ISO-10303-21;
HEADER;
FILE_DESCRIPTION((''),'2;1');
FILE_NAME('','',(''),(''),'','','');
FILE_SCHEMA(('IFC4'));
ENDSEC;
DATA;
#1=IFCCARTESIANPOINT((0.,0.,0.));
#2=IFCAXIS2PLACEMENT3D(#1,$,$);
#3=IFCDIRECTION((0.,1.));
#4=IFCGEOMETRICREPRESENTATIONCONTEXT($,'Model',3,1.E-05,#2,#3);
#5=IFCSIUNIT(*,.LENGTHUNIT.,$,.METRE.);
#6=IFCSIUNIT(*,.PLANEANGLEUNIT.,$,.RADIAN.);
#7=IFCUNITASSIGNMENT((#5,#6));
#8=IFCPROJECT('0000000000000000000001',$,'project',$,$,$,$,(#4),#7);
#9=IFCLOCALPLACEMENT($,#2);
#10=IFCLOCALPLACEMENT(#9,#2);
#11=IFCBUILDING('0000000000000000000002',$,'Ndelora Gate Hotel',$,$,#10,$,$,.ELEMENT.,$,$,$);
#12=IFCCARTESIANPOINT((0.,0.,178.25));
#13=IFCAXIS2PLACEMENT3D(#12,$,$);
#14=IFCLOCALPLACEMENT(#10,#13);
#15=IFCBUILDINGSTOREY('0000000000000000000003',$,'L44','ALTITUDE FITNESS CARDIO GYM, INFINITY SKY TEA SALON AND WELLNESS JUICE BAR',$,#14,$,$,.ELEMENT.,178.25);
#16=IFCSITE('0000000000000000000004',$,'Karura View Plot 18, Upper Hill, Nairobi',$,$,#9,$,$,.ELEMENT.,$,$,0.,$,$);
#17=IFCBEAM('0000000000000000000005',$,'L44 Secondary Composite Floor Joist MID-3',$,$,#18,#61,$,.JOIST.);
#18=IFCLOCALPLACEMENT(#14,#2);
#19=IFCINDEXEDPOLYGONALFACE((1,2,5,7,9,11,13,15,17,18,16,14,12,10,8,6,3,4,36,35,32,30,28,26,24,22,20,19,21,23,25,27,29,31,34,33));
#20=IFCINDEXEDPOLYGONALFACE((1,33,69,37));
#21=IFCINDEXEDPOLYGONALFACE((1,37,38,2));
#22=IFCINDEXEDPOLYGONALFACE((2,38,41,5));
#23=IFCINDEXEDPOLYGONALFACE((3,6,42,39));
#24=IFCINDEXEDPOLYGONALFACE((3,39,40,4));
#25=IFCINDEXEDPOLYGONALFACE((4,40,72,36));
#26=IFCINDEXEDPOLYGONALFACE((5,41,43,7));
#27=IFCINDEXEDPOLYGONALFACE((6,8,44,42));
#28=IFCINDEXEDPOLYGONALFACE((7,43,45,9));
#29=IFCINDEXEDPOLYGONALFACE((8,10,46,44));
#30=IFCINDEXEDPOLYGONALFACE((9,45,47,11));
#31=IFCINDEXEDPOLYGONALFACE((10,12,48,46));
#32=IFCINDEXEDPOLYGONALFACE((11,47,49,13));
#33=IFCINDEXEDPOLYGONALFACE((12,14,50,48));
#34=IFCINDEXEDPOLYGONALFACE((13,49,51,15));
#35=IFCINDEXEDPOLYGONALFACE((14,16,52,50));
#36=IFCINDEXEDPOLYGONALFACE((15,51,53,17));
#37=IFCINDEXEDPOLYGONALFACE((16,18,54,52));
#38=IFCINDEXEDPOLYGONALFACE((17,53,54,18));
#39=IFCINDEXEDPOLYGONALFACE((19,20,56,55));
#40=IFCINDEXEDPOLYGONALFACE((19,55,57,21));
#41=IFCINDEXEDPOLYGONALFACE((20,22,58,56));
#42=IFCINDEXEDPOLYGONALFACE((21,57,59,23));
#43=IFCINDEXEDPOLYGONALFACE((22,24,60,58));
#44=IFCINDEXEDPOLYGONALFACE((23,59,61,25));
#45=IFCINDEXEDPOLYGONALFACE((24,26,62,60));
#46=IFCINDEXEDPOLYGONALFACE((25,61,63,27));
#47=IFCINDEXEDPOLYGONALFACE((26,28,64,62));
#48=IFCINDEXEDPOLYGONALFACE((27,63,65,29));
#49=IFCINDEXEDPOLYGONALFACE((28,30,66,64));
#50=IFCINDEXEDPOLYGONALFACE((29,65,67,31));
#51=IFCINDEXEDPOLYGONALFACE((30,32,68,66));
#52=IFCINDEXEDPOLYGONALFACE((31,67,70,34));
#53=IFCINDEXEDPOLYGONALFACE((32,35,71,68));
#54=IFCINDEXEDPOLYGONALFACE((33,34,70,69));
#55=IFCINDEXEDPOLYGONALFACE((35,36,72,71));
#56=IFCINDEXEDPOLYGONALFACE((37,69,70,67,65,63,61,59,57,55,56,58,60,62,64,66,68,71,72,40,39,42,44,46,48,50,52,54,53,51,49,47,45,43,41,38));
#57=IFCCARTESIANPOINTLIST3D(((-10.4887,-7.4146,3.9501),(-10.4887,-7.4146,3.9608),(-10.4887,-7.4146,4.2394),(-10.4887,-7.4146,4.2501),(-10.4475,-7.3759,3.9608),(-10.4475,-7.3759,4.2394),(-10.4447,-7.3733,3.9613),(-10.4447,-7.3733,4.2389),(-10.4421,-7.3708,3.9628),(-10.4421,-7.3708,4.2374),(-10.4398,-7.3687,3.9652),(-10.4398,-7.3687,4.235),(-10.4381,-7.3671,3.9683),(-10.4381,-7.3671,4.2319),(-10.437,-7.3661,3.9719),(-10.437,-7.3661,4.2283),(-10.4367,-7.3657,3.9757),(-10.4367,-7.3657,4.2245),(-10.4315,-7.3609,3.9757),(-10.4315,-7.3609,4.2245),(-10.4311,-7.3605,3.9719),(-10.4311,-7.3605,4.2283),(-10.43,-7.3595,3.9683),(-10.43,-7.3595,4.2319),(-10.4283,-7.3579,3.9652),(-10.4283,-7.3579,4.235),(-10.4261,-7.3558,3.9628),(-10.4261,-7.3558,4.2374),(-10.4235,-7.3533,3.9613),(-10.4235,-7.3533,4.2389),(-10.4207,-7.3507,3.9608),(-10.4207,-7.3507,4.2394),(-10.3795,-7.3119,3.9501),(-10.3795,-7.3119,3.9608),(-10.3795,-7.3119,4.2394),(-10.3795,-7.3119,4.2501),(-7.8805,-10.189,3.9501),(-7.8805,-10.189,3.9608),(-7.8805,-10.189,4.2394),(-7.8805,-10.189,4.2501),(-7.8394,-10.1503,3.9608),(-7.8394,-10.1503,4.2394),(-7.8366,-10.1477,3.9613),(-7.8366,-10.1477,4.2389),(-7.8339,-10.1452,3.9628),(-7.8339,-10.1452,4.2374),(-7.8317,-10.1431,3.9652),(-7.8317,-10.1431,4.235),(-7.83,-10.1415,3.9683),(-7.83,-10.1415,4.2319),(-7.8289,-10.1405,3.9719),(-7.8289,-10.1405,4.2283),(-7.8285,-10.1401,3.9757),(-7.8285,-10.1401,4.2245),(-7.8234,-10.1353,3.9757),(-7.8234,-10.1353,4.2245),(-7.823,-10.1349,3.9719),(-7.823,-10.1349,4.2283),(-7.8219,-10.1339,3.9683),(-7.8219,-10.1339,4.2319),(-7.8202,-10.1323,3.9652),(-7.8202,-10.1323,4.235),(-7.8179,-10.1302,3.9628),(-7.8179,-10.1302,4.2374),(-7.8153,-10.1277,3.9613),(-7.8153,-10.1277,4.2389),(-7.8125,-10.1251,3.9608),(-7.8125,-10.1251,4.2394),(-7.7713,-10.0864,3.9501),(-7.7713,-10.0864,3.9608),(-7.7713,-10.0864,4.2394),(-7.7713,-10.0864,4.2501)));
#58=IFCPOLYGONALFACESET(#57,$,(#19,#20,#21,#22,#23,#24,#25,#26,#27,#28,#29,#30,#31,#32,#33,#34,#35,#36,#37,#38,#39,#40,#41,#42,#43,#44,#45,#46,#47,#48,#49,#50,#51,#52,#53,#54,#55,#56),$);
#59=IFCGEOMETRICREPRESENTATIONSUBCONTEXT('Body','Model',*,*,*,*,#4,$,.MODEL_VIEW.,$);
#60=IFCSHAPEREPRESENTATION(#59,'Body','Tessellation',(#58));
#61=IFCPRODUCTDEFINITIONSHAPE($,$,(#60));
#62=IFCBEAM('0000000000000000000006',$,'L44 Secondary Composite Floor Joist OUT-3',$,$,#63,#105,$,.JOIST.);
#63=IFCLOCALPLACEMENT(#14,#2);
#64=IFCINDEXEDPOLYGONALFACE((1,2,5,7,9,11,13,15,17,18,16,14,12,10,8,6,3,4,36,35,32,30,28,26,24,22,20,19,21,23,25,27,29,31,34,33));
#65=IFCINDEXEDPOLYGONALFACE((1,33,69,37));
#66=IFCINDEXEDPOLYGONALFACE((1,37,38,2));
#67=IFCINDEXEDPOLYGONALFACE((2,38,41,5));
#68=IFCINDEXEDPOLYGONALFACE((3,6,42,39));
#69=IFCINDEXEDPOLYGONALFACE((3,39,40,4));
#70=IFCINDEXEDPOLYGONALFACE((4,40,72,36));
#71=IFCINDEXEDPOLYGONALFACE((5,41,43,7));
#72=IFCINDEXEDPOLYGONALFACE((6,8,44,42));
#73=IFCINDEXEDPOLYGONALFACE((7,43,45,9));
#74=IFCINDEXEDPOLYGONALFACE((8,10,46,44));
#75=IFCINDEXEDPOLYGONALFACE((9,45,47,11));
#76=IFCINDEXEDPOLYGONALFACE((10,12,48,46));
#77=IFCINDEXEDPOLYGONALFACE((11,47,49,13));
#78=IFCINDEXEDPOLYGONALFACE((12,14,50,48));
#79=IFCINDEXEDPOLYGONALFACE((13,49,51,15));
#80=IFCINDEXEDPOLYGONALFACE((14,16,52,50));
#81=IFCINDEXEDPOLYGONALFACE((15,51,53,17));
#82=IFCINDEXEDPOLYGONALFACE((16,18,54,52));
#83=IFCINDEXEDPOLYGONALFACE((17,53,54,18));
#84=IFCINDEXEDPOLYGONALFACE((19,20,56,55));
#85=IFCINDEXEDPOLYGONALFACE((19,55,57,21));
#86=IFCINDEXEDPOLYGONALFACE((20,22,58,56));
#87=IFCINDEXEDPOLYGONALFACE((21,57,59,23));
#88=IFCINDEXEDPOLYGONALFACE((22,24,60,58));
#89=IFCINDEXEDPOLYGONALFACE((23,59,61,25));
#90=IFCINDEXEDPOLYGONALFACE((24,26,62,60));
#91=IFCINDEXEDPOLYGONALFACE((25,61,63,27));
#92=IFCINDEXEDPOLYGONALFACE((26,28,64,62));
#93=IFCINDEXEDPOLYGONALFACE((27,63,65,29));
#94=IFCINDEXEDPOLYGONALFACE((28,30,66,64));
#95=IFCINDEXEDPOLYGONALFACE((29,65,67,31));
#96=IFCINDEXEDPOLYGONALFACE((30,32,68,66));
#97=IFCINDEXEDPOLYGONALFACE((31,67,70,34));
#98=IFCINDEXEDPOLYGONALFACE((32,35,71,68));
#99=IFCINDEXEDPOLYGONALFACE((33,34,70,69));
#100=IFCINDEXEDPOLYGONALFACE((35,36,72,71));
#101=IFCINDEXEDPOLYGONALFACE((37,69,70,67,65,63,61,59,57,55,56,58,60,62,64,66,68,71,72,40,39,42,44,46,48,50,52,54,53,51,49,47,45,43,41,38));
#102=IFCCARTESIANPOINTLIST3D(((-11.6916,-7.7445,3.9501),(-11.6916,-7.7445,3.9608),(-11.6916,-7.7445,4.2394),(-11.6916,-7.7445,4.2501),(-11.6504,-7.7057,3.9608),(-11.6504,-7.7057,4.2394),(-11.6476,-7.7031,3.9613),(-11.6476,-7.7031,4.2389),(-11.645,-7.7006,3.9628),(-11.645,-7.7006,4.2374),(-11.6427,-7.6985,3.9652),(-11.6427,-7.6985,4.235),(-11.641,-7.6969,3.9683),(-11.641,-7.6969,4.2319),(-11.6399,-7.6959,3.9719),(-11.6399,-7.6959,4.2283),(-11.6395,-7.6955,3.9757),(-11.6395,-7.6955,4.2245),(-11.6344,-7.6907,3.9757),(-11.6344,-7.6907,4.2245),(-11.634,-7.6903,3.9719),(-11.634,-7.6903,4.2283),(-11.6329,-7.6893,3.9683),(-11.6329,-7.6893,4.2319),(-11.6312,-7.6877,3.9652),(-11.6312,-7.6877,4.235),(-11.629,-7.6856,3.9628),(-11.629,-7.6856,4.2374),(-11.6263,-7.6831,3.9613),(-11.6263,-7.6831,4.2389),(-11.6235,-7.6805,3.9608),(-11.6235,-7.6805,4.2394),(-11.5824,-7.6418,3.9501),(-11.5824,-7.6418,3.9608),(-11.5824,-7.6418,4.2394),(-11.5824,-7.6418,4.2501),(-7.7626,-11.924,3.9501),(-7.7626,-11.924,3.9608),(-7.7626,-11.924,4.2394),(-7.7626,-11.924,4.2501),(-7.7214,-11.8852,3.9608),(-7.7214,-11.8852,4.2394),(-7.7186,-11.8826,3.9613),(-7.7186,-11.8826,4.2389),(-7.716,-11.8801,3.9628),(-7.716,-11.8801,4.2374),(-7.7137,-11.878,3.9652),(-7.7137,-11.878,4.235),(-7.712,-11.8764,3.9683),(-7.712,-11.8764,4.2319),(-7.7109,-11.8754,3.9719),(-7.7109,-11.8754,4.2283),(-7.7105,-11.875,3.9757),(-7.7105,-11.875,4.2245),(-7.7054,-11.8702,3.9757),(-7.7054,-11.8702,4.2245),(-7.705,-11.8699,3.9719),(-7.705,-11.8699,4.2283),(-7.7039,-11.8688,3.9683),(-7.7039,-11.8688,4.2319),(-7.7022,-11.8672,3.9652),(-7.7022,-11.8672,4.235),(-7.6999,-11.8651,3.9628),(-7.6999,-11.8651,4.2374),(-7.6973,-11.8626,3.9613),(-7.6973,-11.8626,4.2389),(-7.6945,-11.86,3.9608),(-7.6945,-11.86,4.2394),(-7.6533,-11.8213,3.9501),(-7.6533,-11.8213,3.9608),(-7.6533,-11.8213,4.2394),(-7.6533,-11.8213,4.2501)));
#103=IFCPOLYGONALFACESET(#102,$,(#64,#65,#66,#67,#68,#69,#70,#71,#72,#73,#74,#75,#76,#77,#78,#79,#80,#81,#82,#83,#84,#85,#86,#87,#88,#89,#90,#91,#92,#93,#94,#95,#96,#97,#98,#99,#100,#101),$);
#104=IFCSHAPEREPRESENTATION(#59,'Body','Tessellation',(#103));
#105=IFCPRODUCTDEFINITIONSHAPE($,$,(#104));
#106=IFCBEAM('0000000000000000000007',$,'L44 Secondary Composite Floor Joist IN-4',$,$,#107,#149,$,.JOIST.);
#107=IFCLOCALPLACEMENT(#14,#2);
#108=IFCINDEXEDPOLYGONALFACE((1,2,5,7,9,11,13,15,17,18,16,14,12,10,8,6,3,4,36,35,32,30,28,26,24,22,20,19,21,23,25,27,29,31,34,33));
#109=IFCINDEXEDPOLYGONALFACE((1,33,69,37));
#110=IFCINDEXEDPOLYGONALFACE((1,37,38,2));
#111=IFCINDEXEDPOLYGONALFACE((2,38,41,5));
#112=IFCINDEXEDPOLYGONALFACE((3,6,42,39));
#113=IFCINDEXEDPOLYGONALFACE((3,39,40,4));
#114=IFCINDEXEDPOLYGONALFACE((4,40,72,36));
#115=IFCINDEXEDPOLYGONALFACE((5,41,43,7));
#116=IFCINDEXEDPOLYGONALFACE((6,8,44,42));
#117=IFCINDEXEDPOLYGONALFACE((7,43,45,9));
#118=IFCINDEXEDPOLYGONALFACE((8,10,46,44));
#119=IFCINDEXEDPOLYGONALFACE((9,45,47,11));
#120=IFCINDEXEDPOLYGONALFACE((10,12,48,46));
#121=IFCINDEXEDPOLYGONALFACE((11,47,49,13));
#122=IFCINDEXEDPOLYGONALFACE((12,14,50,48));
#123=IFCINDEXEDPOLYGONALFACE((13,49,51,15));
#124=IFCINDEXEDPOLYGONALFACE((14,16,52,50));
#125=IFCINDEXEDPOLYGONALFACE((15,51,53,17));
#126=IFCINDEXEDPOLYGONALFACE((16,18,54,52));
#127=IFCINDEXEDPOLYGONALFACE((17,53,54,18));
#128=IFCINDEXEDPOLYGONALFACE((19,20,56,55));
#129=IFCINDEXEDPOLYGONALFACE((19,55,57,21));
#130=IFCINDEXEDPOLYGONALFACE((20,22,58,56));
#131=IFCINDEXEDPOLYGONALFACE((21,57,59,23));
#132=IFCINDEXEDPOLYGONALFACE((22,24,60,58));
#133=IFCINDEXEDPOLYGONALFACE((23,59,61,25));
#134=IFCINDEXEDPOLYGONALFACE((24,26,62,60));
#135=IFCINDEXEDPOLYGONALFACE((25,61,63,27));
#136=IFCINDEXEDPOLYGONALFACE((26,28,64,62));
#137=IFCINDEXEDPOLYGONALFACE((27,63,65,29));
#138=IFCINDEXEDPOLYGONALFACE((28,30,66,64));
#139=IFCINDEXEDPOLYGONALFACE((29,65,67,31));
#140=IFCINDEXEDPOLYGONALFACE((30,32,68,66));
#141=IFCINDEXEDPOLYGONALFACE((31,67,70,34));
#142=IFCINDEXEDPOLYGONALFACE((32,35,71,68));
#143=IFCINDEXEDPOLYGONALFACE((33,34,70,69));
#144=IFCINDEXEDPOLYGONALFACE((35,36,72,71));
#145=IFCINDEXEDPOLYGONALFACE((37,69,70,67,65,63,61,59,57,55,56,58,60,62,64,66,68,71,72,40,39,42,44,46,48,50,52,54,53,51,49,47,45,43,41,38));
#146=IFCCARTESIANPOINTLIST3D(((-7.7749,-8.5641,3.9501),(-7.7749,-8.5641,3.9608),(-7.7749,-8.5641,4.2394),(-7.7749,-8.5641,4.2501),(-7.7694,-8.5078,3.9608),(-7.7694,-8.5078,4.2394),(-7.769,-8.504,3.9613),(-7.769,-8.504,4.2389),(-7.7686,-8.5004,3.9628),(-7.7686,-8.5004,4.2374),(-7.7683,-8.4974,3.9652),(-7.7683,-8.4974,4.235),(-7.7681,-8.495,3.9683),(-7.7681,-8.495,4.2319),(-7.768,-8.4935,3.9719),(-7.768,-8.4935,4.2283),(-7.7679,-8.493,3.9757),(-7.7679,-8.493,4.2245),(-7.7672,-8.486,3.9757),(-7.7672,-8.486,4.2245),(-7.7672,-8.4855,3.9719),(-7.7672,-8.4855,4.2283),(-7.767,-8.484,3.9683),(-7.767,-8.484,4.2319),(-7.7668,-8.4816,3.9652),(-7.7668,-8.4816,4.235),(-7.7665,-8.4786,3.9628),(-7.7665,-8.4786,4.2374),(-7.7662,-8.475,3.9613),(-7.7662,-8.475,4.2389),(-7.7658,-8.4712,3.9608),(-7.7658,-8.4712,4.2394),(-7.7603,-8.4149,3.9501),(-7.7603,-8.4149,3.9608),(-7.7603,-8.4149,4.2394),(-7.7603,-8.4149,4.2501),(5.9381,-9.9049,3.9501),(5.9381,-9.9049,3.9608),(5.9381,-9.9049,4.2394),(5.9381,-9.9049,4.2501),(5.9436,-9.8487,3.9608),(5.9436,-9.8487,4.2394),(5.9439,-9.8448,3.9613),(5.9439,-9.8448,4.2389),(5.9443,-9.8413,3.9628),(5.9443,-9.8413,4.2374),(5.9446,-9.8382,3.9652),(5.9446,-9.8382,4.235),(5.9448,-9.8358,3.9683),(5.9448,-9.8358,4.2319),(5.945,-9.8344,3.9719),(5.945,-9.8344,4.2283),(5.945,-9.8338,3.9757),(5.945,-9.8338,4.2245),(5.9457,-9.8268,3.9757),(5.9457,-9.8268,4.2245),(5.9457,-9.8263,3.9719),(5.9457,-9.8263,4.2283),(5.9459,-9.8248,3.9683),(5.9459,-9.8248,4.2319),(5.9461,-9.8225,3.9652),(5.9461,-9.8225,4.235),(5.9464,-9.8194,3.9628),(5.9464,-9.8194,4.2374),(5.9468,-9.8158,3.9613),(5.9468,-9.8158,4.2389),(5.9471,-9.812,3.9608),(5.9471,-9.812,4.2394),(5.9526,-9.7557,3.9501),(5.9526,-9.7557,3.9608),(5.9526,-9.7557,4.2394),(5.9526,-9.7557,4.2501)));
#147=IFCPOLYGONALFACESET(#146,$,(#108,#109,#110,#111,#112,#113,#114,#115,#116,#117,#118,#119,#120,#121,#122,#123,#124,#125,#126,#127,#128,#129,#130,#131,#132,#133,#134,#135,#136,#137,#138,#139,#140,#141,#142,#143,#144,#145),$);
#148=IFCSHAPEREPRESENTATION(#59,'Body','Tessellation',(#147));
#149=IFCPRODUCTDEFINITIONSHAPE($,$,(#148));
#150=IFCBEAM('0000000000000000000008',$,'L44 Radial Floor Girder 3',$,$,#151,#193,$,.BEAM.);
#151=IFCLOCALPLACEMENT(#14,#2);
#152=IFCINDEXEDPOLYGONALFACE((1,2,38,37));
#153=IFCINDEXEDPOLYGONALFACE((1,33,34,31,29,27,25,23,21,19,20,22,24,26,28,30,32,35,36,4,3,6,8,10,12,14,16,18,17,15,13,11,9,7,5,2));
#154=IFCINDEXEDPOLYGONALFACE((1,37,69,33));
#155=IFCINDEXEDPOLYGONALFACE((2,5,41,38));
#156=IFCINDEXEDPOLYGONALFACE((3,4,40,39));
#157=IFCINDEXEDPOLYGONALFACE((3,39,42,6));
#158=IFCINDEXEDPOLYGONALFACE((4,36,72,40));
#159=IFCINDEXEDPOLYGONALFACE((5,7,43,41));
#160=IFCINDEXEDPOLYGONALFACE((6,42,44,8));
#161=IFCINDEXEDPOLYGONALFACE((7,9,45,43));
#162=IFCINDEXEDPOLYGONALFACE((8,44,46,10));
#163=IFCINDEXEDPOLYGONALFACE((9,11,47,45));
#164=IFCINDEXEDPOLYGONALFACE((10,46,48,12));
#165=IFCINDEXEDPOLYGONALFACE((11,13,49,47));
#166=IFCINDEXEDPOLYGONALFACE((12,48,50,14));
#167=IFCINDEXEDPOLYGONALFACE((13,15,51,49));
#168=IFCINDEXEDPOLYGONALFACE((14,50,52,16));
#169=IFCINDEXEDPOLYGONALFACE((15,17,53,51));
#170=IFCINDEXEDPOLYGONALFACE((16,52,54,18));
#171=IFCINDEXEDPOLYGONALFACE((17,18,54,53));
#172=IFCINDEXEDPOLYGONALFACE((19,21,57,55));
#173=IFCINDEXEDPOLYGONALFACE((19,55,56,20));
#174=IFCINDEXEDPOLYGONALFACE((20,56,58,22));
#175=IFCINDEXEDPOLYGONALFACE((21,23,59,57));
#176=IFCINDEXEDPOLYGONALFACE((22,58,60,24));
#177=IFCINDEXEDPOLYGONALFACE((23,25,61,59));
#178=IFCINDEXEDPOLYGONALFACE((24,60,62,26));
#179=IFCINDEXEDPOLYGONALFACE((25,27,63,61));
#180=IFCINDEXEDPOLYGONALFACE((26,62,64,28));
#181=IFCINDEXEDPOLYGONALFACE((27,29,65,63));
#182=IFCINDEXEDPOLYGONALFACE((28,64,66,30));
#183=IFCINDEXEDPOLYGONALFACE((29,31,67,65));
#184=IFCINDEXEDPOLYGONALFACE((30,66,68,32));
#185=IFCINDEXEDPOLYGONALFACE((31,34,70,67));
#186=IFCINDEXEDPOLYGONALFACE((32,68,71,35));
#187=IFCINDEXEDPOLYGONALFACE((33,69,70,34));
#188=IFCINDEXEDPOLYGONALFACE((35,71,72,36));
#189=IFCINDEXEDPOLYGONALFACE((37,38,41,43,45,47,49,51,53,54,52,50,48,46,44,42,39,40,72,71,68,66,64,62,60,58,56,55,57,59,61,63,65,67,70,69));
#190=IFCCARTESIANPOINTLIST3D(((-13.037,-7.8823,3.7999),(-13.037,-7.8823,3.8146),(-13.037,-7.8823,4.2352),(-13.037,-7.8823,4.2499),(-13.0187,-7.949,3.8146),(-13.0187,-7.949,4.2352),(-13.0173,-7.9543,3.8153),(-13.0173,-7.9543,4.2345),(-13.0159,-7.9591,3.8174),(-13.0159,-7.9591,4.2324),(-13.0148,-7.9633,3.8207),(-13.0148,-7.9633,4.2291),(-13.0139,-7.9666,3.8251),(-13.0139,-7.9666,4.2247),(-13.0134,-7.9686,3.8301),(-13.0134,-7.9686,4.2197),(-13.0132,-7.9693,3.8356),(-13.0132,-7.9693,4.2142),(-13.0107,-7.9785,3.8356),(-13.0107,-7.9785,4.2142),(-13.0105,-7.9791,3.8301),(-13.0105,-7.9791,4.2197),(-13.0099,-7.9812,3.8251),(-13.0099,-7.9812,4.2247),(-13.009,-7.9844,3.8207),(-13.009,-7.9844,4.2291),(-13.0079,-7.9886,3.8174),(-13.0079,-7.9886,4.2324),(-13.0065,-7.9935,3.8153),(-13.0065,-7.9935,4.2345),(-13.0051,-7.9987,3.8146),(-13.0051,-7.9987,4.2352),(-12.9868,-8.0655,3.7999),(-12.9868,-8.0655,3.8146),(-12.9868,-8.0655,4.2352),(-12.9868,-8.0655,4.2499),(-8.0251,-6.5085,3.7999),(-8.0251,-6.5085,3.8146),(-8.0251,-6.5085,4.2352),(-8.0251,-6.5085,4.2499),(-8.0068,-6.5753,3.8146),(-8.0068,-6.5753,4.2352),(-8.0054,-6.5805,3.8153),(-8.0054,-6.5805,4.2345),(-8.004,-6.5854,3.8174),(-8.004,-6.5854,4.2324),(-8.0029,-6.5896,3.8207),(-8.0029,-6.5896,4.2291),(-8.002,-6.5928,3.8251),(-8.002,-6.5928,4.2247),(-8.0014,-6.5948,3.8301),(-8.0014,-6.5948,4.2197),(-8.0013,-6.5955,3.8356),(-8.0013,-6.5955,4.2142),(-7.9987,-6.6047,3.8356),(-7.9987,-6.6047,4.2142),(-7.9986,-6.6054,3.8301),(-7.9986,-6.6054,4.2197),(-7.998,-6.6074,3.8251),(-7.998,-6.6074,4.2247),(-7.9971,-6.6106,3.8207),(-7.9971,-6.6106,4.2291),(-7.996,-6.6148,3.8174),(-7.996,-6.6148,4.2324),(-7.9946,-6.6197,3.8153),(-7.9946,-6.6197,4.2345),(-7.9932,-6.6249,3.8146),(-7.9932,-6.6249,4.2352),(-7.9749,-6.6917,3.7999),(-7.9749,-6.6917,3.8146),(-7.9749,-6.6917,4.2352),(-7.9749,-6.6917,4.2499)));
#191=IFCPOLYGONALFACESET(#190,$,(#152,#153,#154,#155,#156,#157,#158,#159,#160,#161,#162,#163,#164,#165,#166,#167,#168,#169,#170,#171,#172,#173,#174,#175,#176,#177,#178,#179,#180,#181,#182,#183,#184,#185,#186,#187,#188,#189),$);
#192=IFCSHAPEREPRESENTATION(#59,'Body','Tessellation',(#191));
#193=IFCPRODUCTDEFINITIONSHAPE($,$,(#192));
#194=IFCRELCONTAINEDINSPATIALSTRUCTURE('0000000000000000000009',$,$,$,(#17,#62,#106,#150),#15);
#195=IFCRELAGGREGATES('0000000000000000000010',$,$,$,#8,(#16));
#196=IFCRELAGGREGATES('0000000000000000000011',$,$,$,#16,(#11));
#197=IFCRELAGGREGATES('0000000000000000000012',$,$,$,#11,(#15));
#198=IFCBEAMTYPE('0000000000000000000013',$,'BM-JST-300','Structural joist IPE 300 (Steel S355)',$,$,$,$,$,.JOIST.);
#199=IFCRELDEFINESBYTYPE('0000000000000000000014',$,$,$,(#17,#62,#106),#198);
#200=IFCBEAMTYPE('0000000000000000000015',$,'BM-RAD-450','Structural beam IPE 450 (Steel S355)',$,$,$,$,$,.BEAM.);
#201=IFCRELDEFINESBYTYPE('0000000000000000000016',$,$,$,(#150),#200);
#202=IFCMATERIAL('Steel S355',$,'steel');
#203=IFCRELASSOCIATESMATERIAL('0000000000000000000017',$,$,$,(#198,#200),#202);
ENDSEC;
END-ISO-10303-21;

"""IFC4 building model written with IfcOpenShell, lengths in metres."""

from ifc_helpers import new_model, si_unit, direction, frame, origin, origin_2d, place, context, subcontext, project, spatial, i_section, extrude, material, material_profile, profile_set, type_object, element, save


model = new_model("IFC4")

# Units and contexts
model_context = context("Model", 3, precision=1e-05, world=origin(), true_north=direction((0.0, 1.0)))
body_context = subcontext(model_context, "Body", "Model", "MODEL_VIEW")
ifc_project = project(units=[si_unit("LENGTHUNIT", "METRE"), si_unit("PLANEANGLEUNIT", "RADIAN")], contexts=[model_context])

# Site, building, storey
site_placement = place(None, origin())
site = spatial("IfcSite", under=ifc_project, at=site_placement, Name="Karura View Plot 18, Upper Hill, Nairobi", CompositionType="ELEMENT", RefElevation=0.0)
building_placement = place(site_placement, origin())
building = spatial("IfcBuilding", under=site, at=building_placement, Name="Ndelora Gate Hotel", CompositionType="ELEMENT")
storey_placement = place(building_placement, frame((0.0, 0.0, 178.25)))
storey = spatial("IfcBuildingStorey", under=building, at=storey_placement, Name="L44", Description="ALTITUDE FITNESS CARDIO GYM, INFINITY SKY TEA SALON AND WELLNESS JUICE BAR", CompositionType="ELEMENT", Elevation=178.25)

# Beams
ifc_material_1 = material(Name="Steel S355", Category="steel")
ifc_material_profile_1 = material_profile(ifc_material_1, i_section(OverallWidth=0.1499, OverallDepth=0.3, WebThickness=0.0071, FlangeThickness=0.0107, FilletRadius=0.0149, at=origin_2d()), Name="IPE 300")
ifc_profile_set_1 = profile_set([ifc_material_profile_1], Name="Steel S355")
beam_type_1 = type_object("IfcBeamType", Name="BM-JST-300", Description="Structural joist IPE 300 (Steel S355)", PredefinedType="JOIST", material=ifc_profile_set_1)
beam_1_placement = place(storey_placement, frame((-10.4341, -7.3633, 4.1001), z_axis=(0.684939, -0.728601, 0.0), x_axis=(0.728601, 0.684939, 0.0)))
element("IfcBeam", 1, at=beam_1_placement, inside=storey, type_object=beam_type_1, Name="L44 Secondary Composite Floor Joist MID-3", PredefinedType="JOIST", context=body_context, shape_type="SweptSolid", body=[
    extrude(i_section(OverallWidth=0.1499, OverallDepth=0.3, WebThickness=0.0071, FlangeThickness=0.0107, FilletRadius=0.0149, at=origin_2d()), origin(), (0.0, 0.0, 1.0), 3.8079),
])
beam_2_placement = place(storey_placement, frame((-11.637, -7.6931, 4.1001), z_axis=(0.684936, -0.728603, 0.0), x_axis=(0.728603, 0.684936, 0.0)))
element("IfcBeam", 2, at=beam_2_placement, inside=storey, type_object=beam_type_1, Name="L44 Secondary Composite Floor Joist OUT-3", PredefinedType="JOIST", context=body_context, shape_type="SweptSolid", body=[
    extrude(i_section(OverallWidth=0.1499, OverallDepth=0.3, WebThickness=0.0071, FlangeThickness=0.0107, FilletRadius=0.0149, at=origin_2d()), origin(), (0.0, 0.0, 1.0), 5.7363),
])
beam_3_placement = place(storey_placement, frame((-7.7676, -8.4895, 4.1001), z_axis=(0.995254, -0.097314, 0.0), x_axis=(0.097314, 0.995254, 0.0)))
element("IfcBeam", 3, at=beam_3_placement, inside=storey, type_object=beam_type_1, Name="L44 Secondary Composite Floor Joist IN-4", PredefinedType="JOIST", context=body_context, shape_type="SweptSolid", body=[
    extrude(i_section(OverallWidth=0.1499, OverallDepth=0.3, WebThickness=0.0071, FlangeThickness=0.0107, FilletRadius=0.0149, at=origin_2d()), origin(), (0.0, 0.0, 1.0), 13.7783),
])
ifc_material_profile_2 = material_profile(ifc_material_1, i_section(OverallWidth=0.1899, OverallDepth=0.45, WebThickness=0.0095, FlangeThickness=0.0146, FilletRadius=0.021, at=origin_2d()), Name="IPE 450")
ifc_profile_set_2 = profile_set([ifc_material_profile_2], Name="Steel S355")
beam_type_2 = type_object("IfcBeamType", Name="BM-RAD-450", Description="Structural beam IPE 450 (Steel S355)", PredefinedType="BEAM", material=ifc_profile_set_2)
beam_4_placement = place(storey_placement, frame((-8.0, -6.6001, 4.0249), z_axis=(-0.964427, -0.264349, 0.0), x_axis=(0.264349, -0.964427, 0.0)))
element("IfcBeam", 4, at=beam_4_placement, inside=storey, type_object=beam_type_2, Name="L44 Radial Floor Girder 3", PredefinedType="BEAM", context=body_context, shape_type="SweptSolid", body=[
    extrude(i_section(OverallWidth=0.1899, OverallDepth=0.45, WebThickness=0.0095, FlangeThickness=0.0146, FilletRadius=0.021, at=origin_2d()), origin(), (0.0, 0.0, 1.0), 5.1968),
])

save(model, "model.ifc")
